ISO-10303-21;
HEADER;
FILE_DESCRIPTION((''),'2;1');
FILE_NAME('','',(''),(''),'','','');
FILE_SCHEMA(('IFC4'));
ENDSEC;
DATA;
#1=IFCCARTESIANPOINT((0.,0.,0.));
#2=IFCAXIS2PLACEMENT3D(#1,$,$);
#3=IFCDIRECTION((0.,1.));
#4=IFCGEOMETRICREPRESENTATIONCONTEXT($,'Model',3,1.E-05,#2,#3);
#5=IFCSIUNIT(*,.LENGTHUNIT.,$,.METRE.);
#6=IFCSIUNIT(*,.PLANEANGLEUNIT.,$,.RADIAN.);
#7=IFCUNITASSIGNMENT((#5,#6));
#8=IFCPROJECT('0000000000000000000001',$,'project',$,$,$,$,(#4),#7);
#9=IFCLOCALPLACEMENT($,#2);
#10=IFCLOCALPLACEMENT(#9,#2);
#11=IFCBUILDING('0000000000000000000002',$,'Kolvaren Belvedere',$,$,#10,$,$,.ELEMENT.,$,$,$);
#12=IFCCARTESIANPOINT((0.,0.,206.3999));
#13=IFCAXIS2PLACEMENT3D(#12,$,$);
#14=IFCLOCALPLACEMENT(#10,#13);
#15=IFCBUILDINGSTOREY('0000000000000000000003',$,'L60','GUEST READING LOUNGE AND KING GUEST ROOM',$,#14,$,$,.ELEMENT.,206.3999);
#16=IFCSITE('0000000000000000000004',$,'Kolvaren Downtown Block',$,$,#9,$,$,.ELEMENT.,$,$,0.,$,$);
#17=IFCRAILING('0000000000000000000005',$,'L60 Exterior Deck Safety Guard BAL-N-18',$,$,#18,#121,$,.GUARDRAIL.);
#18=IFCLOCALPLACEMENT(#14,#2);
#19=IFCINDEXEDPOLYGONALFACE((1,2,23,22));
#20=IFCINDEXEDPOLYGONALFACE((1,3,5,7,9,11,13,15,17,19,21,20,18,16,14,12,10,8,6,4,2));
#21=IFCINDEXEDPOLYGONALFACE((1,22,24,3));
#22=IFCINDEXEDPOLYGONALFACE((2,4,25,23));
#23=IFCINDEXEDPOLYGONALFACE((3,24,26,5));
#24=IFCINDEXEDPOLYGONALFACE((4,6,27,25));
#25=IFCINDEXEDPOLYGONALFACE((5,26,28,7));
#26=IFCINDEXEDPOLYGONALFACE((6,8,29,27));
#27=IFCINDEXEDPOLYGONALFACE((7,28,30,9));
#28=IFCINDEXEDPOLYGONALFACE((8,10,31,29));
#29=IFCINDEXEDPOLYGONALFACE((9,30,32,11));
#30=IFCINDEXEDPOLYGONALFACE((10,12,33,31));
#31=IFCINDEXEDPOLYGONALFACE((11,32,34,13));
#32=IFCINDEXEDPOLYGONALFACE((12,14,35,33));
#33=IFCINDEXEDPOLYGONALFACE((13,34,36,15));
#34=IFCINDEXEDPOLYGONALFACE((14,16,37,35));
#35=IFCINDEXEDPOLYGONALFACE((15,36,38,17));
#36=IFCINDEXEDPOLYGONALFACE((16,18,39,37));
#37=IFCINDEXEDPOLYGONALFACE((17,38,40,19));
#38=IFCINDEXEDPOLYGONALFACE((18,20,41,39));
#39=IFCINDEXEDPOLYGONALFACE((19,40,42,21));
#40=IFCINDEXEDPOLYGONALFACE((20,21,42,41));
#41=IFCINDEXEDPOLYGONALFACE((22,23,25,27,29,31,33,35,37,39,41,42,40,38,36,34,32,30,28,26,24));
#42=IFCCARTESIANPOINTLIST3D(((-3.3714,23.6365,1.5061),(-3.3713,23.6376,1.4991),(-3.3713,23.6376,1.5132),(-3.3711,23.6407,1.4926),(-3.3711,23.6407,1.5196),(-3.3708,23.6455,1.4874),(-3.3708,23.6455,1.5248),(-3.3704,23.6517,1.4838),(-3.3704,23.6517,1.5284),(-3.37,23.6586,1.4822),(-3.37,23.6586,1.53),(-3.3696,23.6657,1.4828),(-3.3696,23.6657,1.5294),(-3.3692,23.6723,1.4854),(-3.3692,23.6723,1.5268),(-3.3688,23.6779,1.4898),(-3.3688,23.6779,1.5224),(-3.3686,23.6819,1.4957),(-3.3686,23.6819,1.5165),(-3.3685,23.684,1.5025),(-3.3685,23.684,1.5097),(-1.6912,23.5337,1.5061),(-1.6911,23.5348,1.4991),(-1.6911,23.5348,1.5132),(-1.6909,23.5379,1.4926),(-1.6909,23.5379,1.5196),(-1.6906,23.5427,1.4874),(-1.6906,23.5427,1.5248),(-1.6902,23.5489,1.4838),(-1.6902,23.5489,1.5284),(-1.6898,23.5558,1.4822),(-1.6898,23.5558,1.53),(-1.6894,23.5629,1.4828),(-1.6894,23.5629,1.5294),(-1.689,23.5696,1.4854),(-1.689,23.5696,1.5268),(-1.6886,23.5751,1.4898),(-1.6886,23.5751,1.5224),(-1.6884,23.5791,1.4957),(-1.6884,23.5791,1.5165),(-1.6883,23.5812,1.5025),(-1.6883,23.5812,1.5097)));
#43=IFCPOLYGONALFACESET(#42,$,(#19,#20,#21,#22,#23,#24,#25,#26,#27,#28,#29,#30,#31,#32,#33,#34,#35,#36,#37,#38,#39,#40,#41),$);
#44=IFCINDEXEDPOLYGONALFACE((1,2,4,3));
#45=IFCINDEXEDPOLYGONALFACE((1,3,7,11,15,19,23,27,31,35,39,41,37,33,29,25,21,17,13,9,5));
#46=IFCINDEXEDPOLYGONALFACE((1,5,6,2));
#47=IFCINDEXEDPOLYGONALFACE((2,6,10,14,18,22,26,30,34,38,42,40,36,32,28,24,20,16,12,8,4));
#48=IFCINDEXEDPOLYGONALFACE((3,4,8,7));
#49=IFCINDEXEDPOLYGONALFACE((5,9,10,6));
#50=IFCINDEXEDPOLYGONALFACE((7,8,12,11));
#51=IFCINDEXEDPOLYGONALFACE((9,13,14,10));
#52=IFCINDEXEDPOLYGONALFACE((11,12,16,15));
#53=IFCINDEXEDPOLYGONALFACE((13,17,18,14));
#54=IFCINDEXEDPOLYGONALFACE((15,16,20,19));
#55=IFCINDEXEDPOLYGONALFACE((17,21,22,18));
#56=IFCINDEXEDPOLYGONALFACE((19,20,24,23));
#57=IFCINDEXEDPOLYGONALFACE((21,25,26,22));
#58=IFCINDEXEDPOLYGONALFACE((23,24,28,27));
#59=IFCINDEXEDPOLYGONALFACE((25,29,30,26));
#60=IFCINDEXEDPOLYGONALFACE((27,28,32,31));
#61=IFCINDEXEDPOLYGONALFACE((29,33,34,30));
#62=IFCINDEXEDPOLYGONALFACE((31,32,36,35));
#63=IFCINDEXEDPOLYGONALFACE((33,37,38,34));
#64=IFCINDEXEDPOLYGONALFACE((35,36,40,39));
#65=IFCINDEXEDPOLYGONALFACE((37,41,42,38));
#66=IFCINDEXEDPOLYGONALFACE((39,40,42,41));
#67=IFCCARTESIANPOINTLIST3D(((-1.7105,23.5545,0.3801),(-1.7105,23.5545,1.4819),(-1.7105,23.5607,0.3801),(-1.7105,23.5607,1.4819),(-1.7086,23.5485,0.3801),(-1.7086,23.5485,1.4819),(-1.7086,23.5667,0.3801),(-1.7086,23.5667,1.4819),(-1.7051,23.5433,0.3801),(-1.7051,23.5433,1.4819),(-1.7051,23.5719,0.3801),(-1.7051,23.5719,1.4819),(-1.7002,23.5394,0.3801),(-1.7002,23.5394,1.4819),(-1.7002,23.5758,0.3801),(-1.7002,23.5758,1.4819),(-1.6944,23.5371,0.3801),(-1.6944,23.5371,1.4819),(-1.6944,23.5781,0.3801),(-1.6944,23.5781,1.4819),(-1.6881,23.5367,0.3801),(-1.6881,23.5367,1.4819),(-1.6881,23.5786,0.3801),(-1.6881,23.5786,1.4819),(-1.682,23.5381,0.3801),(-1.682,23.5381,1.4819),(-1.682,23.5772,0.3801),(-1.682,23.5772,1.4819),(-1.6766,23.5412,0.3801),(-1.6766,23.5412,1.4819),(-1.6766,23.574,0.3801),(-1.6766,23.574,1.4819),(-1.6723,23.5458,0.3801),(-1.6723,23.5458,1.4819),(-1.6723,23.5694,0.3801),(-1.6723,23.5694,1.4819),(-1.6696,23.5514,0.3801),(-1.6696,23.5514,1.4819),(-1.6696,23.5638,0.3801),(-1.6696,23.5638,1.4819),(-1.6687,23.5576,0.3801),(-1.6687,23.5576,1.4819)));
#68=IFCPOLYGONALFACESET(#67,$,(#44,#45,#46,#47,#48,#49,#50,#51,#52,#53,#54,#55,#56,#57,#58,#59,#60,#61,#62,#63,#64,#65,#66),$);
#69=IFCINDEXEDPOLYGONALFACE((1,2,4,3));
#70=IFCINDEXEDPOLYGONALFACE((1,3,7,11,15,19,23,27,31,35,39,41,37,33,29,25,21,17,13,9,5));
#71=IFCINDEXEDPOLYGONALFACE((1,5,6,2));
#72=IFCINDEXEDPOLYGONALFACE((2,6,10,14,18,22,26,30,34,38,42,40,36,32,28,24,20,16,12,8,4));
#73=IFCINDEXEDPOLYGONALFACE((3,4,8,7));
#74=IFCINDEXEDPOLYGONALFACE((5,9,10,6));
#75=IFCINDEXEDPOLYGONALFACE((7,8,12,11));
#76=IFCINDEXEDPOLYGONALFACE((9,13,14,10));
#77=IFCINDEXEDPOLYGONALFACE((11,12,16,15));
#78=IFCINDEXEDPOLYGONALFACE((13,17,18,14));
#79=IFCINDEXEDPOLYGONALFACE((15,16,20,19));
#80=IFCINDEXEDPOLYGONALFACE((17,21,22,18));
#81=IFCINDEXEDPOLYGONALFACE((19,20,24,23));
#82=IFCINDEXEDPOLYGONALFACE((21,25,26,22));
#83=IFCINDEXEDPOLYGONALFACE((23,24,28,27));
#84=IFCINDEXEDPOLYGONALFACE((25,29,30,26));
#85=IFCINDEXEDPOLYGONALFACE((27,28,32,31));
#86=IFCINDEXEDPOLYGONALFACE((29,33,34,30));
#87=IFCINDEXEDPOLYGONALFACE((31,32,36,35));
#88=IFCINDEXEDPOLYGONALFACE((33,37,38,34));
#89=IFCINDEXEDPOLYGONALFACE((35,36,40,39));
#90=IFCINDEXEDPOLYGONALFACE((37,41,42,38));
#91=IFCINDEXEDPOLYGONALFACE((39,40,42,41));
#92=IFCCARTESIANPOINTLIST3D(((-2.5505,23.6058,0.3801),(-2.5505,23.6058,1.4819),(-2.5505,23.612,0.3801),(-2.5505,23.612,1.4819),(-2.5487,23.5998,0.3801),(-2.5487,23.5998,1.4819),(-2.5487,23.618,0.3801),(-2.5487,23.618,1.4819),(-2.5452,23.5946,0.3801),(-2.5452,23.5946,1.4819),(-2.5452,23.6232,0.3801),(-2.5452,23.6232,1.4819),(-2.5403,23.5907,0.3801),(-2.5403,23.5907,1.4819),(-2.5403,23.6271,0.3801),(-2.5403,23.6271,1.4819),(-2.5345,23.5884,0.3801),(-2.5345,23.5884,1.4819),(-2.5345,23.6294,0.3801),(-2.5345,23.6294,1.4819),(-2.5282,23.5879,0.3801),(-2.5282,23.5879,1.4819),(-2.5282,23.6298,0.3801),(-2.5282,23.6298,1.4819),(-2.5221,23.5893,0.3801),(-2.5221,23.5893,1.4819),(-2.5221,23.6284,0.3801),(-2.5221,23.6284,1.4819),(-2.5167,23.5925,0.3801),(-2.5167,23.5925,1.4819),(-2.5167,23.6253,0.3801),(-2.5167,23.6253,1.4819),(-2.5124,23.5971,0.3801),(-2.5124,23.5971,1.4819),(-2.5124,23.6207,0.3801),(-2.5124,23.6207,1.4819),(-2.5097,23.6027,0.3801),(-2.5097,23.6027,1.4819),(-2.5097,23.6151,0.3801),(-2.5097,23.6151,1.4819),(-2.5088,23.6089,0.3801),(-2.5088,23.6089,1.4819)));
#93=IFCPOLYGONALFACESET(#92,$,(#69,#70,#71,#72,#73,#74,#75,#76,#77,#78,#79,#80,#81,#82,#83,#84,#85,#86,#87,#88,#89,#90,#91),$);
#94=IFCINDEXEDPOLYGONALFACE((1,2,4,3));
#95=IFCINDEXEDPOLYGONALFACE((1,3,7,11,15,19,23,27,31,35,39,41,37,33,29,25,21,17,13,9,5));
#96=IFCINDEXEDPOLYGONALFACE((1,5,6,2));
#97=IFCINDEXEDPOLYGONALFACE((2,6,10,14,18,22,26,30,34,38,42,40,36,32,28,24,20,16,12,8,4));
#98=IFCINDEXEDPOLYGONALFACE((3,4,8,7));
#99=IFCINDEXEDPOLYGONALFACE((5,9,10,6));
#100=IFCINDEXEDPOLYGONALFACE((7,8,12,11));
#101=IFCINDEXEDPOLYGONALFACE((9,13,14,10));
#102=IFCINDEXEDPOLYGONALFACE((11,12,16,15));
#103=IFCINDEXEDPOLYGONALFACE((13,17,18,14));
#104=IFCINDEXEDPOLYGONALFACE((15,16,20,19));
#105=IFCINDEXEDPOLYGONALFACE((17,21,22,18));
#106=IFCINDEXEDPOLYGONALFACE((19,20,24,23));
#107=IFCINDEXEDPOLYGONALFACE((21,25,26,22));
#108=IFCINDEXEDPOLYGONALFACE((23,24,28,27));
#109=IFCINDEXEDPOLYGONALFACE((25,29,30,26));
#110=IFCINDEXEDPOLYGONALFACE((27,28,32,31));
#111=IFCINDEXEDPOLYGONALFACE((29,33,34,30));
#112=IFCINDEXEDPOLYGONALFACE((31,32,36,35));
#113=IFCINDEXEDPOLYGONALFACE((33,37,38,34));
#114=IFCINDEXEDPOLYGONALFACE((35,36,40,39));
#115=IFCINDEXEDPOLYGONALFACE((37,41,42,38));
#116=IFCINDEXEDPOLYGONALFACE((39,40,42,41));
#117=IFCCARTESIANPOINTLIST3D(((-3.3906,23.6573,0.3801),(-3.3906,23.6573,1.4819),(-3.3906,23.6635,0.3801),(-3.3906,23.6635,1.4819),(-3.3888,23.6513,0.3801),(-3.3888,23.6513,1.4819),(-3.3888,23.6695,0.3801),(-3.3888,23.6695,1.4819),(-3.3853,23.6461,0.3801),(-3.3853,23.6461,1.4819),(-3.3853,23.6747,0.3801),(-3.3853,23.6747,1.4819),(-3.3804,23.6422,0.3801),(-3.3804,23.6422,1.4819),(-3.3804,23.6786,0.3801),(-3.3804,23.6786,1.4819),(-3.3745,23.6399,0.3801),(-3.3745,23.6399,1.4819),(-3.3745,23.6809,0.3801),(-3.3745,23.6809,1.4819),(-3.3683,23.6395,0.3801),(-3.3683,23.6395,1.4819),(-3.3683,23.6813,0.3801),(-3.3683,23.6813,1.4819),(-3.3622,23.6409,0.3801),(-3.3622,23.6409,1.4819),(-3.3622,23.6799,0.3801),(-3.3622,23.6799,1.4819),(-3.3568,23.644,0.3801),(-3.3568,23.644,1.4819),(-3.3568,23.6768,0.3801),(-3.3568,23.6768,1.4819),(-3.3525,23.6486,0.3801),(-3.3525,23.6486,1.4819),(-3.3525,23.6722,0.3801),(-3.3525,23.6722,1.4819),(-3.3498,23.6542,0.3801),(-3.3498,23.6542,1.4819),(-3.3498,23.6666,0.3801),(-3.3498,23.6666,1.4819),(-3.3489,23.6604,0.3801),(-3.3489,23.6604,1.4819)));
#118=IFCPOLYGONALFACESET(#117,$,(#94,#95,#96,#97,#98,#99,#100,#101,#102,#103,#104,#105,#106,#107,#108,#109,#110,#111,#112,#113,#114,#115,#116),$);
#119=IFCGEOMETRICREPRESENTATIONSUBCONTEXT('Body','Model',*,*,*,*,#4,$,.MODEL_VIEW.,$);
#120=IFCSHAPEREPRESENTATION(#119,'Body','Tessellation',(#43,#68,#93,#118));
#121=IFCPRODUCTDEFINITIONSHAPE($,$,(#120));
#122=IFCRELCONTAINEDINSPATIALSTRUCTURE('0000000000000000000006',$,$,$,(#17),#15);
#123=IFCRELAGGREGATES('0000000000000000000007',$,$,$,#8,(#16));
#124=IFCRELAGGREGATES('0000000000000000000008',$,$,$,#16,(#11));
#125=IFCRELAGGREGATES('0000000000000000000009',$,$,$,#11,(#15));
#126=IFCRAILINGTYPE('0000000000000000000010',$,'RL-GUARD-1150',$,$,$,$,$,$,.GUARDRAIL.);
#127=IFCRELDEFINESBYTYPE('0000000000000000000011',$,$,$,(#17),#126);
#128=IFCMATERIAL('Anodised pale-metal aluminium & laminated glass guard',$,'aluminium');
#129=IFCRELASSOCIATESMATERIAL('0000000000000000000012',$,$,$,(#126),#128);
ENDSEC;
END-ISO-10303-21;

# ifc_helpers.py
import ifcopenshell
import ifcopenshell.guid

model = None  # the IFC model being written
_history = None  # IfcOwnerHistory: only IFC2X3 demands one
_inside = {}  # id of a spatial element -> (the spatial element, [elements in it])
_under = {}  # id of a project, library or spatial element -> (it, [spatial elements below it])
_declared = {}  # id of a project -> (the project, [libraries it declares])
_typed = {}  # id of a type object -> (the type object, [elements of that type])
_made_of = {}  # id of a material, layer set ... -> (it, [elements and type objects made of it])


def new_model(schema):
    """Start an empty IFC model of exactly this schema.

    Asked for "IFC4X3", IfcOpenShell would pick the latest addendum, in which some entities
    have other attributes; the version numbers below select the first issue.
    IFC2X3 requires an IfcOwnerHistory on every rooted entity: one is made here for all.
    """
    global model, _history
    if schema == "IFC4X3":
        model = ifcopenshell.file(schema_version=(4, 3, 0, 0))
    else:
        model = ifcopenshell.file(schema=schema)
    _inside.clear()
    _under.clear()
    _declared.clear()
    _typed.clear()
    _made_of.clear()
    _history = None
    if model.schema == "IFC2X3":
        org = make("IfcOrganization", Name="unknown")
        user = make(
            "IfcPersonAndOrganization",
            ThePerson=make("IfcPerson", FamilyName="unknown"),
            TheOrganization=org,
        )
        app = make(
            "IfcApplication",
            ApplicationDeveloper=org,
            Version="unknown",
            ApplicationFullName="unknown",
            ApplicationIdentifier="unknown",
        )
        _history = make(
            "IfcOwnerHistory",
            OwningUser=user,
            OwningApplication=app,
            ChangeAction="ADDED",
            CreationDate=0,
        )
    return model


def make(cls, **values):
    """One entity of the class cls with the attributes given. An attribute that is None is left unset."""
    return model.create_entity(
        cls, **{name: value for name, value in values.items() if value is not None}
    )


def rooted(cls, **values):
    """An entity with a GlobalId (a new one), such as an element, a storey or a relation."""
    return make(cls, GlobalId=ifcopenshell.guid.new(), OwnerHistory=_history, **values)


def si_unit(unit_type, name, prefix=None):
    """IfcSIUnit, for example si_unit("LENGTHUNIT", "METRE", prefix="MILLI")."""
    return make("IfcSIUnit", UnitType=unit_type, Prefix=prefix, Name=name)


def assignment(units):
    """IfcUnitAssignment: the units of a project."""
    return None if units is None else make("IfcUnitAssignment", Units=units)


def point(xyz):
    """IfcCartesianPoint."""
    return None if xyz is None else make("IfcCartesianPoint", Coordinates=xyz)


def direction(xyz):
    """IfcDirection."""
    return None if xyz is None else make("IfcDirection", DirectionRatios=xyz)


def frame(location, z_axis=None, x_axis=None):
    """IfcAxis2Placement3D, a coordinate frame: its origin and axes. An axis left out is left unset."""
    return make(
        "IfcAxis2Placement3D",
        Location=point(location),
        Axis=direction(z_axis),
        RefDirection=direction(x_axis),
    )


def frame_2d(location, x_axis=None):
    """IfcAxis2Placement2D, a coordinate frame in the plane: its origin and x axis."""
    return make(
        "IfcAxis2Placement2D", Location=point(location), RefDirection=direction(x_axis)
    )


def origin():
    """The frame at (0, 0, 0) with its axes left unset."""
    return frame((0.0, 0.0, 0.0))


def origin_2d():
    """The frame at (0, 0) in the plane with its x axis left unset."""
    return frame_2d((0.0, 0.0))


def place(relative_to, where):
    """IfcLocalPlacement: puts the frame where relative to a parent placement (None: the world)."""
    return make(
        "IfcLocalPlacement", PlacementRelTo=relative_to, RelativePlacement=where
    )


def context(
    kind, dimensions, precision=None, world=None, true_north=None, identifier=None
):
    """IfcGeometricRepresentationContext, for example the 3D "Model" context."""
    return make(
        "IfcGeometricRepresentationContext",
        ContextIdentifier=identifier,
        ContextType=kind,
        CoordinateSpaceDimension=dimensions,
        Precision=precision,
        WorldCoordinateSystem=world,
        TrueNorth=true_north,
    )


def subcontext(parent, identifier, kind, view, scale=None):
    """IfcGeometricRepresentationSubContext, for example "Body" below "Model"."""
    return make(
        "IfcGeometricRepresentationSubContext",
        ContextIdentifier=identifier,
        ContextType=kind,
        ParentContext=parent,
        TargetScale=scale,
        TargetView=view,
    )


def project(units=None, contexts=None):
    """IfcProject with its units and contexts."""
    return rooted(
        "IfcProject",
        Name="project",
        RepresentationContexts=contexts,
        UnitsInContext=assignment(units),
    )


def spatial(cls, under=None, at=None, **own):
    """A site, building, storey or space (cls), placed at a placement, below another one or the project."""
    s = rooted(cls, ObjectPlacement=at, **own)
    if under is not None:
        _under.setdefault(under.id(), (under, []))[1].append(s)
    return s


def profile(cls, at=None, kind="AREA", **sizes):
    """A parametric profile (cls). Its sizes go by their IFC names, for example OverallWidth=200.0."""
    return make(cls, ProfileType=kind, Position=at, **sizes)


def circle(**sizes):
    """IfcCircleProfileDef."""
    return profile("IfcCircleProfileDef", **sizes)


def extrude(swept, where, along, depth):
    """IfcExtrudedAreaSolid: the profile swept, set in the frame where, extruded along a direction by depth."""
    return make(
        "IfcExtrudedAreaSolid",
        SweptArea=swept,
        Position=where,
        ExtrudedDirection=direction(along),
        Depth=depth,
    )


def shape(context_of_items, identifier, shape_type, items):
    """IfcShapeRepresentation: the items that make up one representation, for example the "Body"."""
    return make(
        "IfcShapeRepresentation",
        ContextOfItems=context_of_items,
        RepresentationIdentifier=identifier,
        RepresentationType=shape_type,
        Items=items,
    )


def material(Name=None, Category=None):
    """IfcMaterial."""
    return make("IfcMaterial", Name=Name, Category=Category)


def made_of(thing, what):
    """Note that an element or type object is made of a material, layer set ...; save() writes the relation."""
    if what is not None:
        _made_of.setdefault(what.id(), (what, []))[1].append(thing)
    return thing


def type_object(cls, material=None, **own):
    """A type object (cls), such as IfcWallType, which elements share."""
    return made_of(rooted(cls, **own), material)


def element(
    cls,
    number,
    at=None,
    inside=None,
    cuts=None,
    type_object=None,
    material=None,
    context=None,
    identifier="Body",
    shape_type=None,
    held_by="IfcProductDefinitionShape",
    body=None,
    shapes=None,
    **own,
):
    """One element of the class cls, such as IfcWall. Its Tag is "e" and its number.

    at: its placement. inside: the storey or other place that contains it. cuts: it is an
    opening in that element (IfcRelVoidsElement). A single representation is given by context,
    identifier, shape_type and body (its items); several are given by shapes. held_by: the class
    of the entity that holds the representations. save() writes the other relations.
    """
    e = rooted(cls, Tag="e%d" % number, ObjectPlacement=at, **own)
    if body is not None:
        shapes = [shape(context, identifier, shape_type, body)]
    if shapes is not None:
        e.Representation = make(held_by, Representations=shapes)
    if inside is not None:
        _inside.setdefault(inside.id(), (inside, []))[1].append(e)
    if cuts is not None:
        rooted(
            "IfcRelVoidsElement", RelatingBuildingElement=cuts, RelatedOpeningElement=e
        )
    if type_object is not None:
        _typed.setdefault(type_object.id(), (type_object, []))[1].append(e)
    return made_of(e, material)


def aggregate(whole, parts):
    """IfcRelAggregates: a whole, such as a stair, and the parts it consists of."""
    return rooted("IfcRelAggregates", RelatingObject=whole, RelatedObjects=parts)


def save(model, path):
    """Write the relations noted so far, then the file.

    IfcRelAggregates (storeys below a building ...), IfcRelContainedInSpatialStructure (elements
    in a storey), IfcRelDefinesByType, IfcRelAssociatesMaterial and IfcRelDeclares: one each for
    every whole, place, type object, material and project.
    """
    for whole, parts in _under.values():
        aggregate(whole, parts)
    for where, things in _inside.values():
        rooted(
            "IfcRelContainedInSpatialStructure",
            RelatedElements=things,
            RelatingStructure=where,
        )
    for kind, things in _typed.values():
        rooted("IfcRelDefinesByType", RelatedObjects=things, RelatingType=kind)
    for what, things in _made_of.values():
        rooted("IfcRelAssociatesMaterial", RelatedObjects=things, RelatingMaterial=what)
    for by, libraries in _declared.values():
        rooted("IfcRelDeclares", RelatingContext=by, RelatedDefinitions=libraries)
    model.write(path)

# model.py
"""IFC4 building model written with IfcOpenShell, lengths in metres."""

from ifc_helpers import new_model, si_unit, direction, frame, origin, origin_2d, place, context, subcontext, project, spatial, circle, extrude, material, type_object, element, save


model = new_model("IFC4")

# Units and contexts
model_context = context("Model", 3, precision=1e-05, world=origin(), true_north=direction((0.0, 1.0)))
body_context = subcontext(model_context, "Body", "Model", "MODEL_VIEW")
ifc_project = project(units=[si_unit("LENGTHUNIT", "METRE"), si_unit("PLANEANGLEUNIT", "RADIAN")], contexts=[model_context])

# Site, building, storey
site_placement = place(None, origin())
site = spatial("IfcSite", under=ifc_project, at=site_placement, Name="Kolvaren Downtown Block", CompositionType="ELEMENT", RefElevation=0.0)
building_placement = place(site_placement, origin())
building = spatial("IfcBuilding", under=site, at=building_placement, Name="Kolvaren Belvedere", CompositionType="ELEMENT")
storey_placement = place(building_placement, frame((0.0, 0.0, 206.3999)))
storey = spatial("IfcBuildingStorey", under=building, at=storey_placement, Name="L60", Description="GUEST READING LOUNGE AND KING GUEST ROOM", CompositionType="ELEMENT", Elevation=206.3999)

# Railing
ifc_material_1 = material(Name="Anodised pale-metal aluminium & laminated glass guard", Category="aluminium")
railing_type = type_object("IfcRailingType", Name="RL-GUARD-1150", PredefinedType="GUARDRAIL", material=ifc_material_1)
railing_1_placement = place(storey_placement, frame((-1.6897, 23.5576, 0.3801)))
element("IfcRailing", 1, at=railing_1_placement, inside=storey, type_object=railing_type, Name="L60 Exterior Deck Safety Guard BAL-N-18", PredefinedType="GUARDRAIL", context=body_context, shape_type="SweptSolid", body=[
    extrude(circle(Radius=0.0239, at=origin_2d()), frame((0.0, 0.0, 1.126), z_axis=(-0.998134, 0.06106, 0.0), x_axis=(-0.06106, -0.998134, 0.0)), (0.0, 0.0, 1.0), 1.6833),
    extrude(circle(Radius=0.021, at=origin_2d()), origin(), (0.0, 0.0, 1.0), 1.1018),
    extrude(circle(Radius=0.021, at=origin_2d()), frame((-0.8401, 0.0513, 0.0)), (0.0, 0.0, 1.0), 1.1018),
    extrude(circle(Radius=0.021, at=origin_2d()), frame((-1.6802, 0.1028, 0.0)), (0.0, 0.0, 1.0), 1.1018),
])

save(model, "model.ifc")
